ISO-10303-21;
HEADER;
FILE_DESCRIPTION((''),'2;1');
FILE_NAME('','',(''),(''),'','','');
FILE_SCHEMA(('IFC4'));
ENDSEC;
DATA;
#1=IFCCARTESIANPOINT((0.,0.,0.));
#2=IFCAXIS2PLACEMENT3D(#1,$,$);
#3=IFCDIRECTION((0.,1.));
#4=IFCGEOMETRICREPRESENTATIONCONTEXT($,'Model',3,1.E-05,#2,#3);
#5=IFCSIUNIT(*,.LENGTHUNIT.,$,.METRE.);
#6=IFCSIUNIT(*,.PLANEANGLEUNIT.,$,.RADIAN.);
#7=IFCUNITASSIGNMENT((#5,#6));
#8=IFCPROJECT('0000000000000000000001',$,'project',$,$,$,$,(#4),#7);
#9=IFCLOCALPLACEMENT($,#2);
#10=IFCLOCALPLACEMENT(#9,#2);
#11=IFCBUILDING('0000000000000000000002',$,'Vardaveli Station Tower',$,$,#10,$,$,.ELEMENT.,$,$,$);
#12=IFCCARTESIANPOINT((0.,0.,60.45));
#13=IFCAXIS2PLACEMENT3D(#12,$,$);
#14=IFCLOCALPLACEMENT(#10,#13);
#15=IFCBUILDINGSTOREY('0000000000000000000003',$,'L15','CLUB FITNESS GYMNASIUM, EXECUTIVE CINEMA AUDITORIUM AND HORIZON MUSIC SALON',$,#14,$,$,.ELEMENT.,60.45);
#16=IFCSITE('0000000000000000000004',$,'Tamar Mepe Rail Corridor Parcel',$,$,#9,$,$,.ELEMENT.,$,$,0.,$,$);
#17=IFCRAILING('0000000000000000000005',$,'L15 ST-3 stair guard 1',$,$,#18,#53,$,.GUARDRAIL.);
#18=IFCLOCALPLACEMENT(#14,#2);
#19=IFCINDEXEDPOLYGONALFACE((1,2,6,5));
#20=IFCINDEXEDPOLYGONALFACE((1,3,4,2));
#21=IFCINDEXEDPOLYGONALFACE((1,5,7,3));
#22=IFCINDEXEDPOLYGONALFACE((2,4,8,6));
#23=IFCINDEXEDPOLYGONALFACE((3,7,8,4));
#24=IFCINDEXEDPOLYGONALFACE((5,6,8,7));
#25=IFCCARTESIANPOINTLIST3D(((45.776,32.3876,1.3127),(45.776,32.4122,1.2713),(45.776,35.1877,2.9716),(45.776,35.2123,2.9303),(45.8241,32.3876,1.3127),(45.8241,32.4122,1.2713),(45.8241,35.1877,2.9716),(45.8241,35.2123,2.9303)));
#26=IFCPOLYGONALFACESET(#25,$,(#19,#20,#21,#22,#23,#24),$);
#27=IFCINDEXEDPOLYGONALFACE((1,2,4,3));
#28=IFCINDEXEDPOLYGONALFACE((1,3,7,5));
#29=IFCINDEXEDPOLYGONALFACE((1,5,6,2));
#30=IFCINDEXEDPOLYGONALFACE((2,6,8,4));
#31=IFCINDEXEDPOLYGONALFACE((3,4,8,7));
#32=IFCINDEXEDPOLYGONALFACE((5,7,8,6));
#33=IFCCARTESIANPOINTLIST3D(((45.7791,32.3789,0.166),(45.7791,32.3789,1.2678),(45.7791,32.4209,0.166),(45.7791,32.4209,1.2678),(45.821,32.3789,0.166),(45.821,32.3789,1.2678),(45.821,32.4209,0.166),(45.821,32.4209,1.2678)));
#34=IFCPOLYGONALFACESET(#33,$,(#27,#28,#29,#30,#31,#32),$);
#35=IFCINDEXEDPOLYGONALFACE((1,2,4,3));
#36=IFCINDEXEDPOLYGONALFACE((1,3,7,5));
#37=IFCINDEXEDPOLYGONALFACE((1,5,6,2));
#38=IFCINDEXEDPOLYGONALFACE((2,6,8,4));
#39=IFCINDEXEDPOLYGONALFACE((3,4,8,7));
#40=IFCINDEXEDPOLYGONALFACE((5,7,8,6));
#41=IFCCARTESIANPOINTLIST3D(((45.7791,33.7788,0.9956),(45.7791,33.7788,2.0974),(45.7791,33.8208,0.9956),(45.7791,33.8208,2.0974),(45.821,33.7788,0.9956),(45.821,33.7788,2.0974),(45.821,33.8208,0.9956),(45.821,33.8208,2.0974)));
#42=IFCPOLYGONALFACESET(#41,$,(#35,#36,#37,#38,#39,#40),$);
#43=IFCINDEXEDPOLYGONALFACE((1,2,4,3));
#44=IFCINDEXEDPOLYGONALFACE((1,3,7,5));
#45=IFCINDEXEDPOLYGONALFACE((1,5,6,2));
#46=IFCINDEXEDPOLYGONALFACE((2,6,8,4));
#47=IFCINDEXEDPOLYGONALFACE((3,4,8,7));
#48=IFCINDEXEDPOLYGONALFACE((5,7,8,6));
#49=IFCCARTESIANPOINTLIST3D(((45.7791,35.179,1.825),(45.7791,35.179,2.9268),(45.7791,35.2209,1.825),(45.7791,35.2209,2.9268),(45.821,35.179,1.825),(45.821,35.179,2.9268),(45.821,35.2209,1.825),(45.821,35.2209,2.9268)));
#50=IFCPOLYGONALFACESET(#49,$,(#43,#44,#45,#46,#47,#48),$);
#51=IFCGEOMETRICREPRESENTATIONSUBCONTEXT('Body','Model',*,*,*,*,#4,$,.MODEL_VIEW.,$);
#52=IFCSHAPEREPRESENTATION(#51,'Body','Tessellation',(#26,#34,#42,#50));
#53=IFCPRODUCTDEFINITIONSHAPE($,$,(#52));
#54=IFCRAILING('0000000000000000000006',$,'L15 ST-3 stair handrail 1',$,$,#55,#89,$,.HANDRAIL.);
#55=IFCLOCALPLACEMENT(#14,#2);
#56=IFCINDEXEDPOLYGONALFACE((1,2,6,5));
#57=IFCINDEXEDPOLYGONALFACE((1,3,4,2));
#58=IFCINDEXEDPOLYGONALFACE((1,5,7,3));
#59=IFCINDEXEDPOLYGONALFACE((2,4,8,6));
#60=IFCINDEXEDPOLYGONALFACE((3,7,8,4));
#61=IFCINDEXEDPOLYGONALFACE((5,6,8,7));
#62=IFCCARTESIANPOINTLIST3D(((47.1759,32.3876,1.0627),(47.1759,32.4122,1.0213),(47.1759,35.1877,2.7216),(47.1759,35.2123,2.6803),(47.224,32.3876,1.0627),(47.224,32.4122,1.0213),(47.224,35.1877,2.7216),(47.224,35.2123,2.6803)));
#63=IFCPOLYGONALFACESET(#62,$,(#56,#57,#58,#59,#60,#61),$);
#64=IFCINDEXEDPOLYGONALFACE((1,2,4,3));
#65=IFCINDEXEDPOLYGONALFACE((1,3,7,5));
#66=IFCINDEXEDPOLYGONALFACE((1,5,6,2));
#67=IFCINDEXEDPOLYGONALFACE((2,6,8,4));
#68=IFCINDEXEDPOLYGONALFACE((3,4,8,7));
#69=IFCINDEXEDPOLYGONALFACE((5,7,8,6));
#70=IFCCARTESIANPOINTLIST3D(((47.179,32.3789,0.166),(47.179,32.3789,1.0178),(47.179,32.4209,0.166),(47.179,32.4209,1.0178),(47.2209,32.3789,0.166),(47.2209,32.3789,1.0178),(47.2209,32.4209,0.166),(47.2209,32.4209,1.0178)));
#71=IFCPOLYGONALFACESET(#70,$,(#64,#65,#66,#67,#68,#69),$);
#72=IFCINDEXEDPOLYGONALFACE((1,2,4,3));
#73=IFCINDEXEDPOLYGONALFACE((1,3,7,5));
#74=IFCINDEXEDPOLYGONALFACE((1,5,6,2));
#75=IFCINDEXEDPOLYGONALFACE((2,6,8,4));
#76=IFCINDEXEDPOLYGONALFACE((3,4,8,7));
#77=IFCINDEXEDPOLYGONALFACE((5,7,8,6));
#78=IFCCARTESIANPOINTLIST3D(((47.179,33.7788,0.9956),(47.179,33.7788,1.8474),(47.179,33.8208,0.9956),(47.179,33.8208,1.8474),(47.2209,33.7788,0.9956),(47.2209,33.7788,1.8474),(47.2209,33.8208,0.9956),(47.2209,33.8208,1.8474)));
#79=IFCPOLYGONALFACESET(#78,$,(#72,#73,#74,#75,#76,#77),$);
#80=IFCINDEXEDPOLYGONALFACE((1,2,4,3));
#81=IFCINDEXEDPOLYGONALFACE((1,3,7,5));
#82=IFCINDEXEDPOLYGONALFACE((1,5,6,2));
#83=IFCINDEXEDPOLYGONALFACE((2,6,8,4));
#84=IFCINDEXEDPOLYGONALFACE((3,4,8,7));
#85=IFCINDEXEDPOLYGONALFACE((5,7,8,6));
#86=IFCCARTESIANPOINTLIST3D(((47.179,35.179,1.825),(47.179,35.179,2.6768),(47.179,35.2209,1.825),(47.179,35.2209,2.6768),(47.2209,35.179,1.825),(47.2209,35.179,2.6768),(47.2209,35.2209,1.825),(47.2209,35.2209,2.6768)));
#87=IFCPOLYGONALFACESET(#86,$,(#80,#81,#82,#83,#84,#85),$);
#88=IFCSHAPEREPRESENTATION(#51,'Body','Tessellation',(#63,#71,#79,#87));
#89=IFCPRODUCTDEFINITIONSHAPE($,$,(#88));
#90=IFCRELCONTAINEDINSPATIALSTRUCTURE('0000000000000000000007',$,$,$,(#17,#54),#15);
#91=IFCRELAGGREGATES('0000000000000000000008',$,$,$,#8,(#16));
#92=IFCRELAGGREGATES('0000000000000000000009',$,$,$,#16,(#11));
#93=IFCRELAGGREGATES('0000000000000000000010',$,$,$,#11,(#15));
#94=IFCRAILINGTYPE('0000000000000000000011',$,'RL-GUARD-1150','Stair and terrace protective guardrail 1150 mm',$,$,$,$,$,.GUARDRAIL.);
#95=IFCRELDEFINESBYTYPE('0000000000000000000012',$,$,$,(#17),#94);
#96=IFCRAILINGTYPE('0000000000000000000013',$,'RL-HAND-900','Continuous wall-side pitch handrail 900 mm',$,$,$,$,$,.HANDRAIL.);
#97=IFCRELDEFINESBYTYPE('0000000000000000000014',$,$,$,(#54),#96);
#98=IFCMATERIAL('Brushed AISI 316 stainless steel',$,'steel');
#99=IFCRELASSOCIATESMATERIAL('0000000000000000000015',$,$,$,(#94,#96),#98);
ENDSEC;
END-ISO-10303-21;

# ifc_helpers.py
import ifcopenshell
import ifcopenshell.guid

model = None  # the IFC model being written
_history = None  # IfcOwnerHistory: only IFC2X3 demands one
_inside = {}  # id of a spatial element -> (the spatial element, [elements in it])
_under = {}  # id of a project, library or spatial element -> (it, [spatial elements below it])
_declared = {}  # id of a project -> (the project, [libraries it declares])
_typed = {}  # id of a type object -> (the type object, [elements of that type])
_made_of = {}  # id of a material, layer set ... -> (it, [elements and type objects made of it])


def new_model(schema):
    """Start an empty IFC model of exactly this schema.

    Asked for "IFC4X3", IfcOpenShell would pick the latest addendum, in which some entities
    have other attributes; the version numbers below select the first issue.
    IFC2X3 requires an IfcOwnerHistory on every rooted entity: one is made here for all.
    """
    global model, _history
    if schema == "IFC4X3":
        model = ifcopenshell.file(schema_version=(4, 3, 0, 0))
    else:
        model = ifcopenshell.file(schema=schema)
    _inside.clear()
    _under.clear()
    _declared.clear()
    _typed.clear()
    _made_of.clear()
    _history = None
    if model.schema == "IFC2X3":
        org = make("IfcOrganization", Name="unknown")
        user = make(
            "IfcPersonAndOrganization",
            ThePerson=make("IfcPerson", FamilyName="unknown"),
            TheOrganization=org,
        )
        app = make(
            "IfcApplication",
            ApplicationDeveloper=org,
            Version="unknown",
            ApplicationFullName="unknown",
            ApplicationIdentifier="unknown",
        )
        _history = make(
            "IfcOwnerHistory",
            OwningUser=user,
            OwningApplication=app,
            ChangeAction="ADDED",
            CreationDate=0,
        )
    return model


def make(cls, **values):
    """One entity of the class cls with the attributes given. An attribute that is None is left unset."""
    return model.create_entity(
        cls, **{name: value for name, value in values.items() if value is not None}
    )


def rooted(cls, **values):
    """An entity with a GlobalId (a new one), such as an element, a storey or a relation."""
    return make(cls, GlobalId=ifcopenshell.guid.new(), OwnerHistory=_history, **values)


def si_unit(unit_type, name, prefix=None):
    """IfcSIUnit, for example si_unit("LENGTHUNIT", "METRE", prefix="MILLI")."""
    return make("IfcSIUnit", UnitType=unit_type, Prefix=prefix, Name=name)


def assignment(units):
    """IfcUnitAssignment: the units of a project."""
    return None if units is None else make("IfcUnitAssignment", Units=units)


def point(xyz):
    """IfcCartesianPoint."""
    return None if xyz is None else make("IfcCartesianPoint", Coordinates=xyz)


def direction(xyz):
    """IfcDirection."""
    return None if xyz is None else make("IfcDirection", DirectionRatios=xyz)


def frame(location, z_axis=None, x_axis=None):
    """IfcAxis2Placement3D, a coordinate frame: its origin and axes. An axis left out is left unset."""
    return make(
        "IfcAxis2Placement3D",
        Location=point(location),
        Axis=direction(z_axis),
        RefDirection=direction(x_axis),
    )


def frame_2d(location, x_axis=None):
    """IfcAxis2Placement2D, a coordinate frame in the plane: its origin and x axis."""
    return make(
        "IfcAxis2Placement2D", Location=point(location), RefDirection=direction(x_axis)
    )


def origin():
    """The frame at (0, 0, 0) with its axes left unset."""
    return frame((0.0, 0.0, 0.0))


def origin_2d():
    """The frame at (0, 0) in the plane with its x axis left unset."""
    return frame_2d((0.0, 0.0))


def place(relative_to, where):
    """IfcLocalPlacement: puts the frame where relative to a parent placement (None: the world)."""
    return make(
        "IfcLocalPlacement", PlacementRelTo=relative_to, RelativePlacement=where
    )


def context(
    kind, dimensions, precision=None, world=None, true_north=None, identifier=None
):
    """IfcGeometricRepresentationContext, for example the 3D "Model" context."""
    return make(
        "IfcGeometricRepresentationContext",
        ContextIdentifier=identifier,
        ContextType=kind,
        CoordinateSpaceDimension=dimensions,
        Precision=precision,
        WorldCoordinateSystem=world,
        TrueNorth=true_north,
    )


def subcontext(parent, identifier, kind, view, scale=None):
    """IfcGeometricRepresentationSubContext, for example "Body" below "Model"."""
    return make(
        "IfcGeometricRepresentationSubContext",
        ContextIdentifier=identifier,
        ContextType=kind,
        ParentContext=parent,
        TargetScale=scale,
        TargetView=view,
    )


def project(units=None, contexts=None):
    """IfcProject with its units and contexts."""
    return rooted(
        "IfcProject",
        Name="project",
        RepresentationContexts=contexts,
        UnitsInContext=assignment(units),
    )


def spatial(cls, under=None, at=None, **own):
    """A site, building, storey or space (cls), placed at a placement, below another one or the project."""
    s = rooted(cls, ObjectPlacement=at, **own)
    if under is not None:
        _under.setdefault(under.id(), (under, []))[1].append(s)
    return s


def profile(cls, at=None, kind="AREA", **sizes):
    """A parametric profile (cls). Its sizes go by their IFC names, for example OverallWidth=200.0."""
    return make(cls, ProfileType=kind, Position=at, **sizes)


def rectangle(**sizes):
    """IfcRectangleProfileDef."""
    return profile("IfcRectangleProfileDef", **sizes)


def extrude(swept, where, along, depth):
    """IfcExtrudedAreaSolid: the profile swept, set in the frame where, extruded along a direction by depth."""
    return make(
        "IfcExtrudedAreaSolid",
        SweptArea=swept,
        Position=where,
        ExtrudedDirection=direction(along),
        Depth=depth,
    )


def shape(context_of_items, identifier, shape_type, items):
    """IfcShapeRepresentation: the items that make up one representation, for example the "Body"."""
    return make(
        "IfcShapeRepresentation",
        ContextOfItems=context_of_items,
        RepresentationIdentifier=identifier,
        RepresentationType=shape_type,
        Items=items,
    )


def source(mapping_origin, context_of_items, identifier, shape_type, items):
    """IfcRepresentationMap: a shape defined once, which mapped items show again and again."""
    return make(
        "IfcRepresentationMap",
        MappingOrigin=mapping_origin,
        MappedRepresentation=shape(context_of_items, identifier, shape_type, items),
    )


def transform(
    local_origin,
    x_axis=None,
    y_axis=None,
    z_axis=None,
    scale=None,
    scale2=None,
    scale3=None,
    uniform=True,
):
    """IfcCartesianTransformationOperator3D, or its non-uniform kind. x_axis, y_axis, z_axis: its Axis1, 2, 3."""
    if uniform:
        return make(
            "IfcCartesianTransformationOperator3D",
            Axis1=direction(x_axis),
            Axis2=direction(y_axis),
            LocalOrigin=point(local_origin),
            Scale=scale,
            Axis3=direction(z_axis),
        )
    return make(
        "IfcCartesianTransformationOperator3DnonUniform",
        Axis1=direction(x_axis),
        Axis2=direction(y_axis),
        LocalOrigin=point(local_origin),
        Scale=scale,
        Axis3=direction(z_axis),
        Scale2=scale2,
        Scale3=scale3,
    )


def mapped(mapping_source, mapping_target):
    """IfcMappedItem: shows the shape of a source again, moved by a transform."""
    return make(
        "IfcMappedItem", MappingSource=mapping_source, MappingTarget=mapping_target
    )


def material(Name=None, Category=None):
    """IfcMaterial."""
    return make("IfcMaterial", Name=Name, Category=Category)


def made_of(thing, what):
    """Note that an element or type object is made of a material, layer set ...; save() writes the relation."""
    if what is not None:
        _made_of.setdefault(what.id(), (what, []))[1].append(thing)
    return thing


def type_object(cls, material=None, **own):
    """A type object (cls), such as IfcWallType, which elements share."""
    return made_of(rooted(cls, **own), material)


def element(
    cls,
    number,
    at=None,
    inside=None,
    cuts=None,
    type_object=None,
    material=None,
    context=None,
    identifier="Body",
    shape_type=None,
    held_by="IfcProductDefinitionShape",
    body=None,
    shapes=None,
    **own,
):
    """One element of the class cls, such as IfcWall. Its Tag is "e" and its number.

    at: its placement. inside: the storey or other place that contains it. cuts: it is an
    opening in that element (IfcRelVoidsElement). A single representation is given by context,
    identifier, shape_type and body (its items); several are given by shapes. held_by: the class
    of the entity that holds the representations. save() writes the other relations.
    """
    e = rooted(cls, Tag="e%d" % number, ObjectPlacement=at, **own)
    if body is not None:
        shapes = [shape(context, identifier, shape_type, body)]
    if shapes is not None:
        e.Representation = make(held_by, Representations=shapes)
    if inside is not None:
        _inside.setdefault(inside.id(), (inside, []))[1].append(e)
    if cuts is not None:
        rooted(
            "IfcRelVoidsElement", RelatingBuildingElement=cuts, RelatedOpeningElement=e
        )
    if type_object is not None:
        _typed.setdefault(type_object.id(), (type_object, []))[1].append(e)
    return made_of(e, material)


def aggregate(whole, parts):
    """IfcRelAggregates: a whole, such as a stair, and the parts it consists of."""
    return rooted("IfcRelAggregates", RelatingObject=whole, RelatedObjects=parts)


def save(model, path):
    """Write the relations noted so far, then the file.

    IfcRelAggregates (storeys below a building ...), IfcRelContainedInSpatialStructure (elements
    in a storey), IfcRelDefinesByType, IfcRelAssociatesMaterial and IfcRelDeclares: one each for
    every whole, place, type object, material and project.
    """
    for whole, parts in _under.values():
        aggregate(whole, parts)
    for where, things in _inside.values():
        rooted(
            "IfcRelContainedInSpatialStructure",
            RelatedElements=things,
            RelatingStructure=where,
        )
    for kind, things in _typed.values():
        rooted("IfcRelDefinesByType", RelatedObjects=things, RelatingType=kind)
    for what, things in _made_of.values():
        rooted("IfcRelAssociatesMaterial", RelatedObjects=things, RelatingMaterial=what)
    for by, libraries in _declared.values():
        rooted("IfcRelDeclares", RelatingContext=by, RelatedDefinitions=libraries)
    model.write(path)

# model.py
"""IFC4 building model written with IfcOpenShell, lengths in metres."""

from ifc_helpers import new_model, si_unit, direction, frame, origin, origin_2d, place, context, subcontext, project, spatial, rectangle, extrude, source, transform, mapped, material, type_object, element, save


model = new_model("IFC4")

# Units and contexts
model_context = context("Model", 3, precision=1e-05, world=origin(), true_north=direction((0.0, 1.0)))
body_context = subcontext(model_context, "Body", "Model", "MODEL_VIEW")
ifc_project = project(units=[si_unit("LENGTHUNIT", "METRE"), si_unit("PLANEANGLEUNIT", "RADIAN")], contexts=[model_context])

# Site, building, storey
site_placement = place(None, origin())
site = spatial("IfcSite", under=ifc_project, at=site_placement, Name="Tamar Mepe Rail Corridor Parcel", CompositionType="ELEMENT", RefElevation=0.0)
building_placement = place(site_placement, origin())
building = spatial("IfcBuilding", under=site, at=building_placement, Name="Vardaveli Station Tower", CompositionType="ELEMENT")
storey_placement = place(building_placement, frame((0.0, 0.0, 60.45)))
storey = spatial("IfcBuildingStorey", under=building, at=storey_placement, Name="L15", Description="CLUB FITNESS GYMNASIUM, EXECUTIVE CINEMA AUDITORIUM AND HORIZON MUSIC SALON", CompositionType="ELEMENT", Elevation=60.45)

# Railings
ifc_material_1 = material(Name="Brushed AISI 316 stainless steel", Category="steel")
railing_type_1 = type_object("IfcRailingType", Name="RL-GUARD-1150", Description="Stair and terrace protective guardrail 1150 mm", PredefinedType="GUARDRAIL", material=ifc_material_1)
shared_shape_1 = source(origin(), body_context, "Body", "SweptSolid", [
    extrude(rectangle(XDim=0.0481, YDim=0.0481, at=origin_2d()), frame((0.0, 0.0, 1.126), z_axis=(0.0, 0.860339, 0.509722), x_axis=(-1.0, 0.0, 0.0)), (0.0, 0.0, 1.0), 3.2546),
    extrude(rectangle(XDim=0.042, YDim=0.042, at=origin_2d()), origin(), (0.0, 0.0, 1.0), 1.1018),
    extrude(rectangle(XDim=0.042, YDim=0.042, at=origin_2d()), frame((0.0, 1.3999, 0.8296)), (0.0, 0.0, 1.0), 1.1018),
    extrude(rectangle(XDim=0.042, YDim=0.042, at=origin_2d()), frame((0.0, 2.8, 1.6589)), (0.0, 0.0, 1.0), 1.1018),
])
railing_1_placement = place(storey_placement, frame((45.8, 32.3999, 0.166)))
element("IfcRailing", 1, at=railing_1_placement, inside=storey, type_object=railing_type_1, Name="L15 ST-3 stair guard 1", PredefinedType="GUARDRAIL", context=body_context, shape_type="MappedRepresentation", body=[
    mapped(shared_shape_1, transform((0.0, 0.0, 0.0), scale=1.0)),
])
railing_type_2 = type_object("IfcRailingType", Name="RL-HAND-900", Description="Continuous wall-side pitch handrail 900 mm", PredefinedType="HANDRAIL", material=ifc_material_1)
shared_shape_2 = source(origin(), body_context, "Body", "SweptSolid", [
    extrude(rectangle(XDim=0.0481, YDim=0.0481, at=origin_2d()), frame((0.0, 0.0, 0.876), z_axis=(0.0, 0.860339, 0.509722), x_axis=(-1.0, 0.0, 0.0)), (0.0, 0.0, 1.0), 3.2546),
    extrude(rectangle(XDim=0.042, YDim=0.042, at=origin_2d()), origin(), (0.0, 0.0, 1.0), 0.8518),
    extrude(rectangle(XDim=0.042, YDim=0.042, at=origin_2d()), frame((0.0, 1.3999, 0.8296)), (0.0, 0.0, 1.0), 0.8518),
    extrude(rectangle(XDim=0.042, YDim=0.042, at=origin_2d()), frame((0.0, 2.8, 1.6589)), (0.0, 0.0, 1.0), 0.8518),
])
railing_2_placement = place(storey_placement, frame((47.2, 32.3999, 0.166)))
element("IfcRailing", 2, at=railing_2_placement, inside=storey, type_object=railing_type_2, Name="L15 ST-3 stair handrail 1", PredefinedType="HANDRAIL", context=body_context, shape_type="MappedRepresentation", body=[
    mapped(shared_shape_2, transform((0.0, 0.0, 0.0), scale=1.0)),
])

save(model, "model.ifc")
